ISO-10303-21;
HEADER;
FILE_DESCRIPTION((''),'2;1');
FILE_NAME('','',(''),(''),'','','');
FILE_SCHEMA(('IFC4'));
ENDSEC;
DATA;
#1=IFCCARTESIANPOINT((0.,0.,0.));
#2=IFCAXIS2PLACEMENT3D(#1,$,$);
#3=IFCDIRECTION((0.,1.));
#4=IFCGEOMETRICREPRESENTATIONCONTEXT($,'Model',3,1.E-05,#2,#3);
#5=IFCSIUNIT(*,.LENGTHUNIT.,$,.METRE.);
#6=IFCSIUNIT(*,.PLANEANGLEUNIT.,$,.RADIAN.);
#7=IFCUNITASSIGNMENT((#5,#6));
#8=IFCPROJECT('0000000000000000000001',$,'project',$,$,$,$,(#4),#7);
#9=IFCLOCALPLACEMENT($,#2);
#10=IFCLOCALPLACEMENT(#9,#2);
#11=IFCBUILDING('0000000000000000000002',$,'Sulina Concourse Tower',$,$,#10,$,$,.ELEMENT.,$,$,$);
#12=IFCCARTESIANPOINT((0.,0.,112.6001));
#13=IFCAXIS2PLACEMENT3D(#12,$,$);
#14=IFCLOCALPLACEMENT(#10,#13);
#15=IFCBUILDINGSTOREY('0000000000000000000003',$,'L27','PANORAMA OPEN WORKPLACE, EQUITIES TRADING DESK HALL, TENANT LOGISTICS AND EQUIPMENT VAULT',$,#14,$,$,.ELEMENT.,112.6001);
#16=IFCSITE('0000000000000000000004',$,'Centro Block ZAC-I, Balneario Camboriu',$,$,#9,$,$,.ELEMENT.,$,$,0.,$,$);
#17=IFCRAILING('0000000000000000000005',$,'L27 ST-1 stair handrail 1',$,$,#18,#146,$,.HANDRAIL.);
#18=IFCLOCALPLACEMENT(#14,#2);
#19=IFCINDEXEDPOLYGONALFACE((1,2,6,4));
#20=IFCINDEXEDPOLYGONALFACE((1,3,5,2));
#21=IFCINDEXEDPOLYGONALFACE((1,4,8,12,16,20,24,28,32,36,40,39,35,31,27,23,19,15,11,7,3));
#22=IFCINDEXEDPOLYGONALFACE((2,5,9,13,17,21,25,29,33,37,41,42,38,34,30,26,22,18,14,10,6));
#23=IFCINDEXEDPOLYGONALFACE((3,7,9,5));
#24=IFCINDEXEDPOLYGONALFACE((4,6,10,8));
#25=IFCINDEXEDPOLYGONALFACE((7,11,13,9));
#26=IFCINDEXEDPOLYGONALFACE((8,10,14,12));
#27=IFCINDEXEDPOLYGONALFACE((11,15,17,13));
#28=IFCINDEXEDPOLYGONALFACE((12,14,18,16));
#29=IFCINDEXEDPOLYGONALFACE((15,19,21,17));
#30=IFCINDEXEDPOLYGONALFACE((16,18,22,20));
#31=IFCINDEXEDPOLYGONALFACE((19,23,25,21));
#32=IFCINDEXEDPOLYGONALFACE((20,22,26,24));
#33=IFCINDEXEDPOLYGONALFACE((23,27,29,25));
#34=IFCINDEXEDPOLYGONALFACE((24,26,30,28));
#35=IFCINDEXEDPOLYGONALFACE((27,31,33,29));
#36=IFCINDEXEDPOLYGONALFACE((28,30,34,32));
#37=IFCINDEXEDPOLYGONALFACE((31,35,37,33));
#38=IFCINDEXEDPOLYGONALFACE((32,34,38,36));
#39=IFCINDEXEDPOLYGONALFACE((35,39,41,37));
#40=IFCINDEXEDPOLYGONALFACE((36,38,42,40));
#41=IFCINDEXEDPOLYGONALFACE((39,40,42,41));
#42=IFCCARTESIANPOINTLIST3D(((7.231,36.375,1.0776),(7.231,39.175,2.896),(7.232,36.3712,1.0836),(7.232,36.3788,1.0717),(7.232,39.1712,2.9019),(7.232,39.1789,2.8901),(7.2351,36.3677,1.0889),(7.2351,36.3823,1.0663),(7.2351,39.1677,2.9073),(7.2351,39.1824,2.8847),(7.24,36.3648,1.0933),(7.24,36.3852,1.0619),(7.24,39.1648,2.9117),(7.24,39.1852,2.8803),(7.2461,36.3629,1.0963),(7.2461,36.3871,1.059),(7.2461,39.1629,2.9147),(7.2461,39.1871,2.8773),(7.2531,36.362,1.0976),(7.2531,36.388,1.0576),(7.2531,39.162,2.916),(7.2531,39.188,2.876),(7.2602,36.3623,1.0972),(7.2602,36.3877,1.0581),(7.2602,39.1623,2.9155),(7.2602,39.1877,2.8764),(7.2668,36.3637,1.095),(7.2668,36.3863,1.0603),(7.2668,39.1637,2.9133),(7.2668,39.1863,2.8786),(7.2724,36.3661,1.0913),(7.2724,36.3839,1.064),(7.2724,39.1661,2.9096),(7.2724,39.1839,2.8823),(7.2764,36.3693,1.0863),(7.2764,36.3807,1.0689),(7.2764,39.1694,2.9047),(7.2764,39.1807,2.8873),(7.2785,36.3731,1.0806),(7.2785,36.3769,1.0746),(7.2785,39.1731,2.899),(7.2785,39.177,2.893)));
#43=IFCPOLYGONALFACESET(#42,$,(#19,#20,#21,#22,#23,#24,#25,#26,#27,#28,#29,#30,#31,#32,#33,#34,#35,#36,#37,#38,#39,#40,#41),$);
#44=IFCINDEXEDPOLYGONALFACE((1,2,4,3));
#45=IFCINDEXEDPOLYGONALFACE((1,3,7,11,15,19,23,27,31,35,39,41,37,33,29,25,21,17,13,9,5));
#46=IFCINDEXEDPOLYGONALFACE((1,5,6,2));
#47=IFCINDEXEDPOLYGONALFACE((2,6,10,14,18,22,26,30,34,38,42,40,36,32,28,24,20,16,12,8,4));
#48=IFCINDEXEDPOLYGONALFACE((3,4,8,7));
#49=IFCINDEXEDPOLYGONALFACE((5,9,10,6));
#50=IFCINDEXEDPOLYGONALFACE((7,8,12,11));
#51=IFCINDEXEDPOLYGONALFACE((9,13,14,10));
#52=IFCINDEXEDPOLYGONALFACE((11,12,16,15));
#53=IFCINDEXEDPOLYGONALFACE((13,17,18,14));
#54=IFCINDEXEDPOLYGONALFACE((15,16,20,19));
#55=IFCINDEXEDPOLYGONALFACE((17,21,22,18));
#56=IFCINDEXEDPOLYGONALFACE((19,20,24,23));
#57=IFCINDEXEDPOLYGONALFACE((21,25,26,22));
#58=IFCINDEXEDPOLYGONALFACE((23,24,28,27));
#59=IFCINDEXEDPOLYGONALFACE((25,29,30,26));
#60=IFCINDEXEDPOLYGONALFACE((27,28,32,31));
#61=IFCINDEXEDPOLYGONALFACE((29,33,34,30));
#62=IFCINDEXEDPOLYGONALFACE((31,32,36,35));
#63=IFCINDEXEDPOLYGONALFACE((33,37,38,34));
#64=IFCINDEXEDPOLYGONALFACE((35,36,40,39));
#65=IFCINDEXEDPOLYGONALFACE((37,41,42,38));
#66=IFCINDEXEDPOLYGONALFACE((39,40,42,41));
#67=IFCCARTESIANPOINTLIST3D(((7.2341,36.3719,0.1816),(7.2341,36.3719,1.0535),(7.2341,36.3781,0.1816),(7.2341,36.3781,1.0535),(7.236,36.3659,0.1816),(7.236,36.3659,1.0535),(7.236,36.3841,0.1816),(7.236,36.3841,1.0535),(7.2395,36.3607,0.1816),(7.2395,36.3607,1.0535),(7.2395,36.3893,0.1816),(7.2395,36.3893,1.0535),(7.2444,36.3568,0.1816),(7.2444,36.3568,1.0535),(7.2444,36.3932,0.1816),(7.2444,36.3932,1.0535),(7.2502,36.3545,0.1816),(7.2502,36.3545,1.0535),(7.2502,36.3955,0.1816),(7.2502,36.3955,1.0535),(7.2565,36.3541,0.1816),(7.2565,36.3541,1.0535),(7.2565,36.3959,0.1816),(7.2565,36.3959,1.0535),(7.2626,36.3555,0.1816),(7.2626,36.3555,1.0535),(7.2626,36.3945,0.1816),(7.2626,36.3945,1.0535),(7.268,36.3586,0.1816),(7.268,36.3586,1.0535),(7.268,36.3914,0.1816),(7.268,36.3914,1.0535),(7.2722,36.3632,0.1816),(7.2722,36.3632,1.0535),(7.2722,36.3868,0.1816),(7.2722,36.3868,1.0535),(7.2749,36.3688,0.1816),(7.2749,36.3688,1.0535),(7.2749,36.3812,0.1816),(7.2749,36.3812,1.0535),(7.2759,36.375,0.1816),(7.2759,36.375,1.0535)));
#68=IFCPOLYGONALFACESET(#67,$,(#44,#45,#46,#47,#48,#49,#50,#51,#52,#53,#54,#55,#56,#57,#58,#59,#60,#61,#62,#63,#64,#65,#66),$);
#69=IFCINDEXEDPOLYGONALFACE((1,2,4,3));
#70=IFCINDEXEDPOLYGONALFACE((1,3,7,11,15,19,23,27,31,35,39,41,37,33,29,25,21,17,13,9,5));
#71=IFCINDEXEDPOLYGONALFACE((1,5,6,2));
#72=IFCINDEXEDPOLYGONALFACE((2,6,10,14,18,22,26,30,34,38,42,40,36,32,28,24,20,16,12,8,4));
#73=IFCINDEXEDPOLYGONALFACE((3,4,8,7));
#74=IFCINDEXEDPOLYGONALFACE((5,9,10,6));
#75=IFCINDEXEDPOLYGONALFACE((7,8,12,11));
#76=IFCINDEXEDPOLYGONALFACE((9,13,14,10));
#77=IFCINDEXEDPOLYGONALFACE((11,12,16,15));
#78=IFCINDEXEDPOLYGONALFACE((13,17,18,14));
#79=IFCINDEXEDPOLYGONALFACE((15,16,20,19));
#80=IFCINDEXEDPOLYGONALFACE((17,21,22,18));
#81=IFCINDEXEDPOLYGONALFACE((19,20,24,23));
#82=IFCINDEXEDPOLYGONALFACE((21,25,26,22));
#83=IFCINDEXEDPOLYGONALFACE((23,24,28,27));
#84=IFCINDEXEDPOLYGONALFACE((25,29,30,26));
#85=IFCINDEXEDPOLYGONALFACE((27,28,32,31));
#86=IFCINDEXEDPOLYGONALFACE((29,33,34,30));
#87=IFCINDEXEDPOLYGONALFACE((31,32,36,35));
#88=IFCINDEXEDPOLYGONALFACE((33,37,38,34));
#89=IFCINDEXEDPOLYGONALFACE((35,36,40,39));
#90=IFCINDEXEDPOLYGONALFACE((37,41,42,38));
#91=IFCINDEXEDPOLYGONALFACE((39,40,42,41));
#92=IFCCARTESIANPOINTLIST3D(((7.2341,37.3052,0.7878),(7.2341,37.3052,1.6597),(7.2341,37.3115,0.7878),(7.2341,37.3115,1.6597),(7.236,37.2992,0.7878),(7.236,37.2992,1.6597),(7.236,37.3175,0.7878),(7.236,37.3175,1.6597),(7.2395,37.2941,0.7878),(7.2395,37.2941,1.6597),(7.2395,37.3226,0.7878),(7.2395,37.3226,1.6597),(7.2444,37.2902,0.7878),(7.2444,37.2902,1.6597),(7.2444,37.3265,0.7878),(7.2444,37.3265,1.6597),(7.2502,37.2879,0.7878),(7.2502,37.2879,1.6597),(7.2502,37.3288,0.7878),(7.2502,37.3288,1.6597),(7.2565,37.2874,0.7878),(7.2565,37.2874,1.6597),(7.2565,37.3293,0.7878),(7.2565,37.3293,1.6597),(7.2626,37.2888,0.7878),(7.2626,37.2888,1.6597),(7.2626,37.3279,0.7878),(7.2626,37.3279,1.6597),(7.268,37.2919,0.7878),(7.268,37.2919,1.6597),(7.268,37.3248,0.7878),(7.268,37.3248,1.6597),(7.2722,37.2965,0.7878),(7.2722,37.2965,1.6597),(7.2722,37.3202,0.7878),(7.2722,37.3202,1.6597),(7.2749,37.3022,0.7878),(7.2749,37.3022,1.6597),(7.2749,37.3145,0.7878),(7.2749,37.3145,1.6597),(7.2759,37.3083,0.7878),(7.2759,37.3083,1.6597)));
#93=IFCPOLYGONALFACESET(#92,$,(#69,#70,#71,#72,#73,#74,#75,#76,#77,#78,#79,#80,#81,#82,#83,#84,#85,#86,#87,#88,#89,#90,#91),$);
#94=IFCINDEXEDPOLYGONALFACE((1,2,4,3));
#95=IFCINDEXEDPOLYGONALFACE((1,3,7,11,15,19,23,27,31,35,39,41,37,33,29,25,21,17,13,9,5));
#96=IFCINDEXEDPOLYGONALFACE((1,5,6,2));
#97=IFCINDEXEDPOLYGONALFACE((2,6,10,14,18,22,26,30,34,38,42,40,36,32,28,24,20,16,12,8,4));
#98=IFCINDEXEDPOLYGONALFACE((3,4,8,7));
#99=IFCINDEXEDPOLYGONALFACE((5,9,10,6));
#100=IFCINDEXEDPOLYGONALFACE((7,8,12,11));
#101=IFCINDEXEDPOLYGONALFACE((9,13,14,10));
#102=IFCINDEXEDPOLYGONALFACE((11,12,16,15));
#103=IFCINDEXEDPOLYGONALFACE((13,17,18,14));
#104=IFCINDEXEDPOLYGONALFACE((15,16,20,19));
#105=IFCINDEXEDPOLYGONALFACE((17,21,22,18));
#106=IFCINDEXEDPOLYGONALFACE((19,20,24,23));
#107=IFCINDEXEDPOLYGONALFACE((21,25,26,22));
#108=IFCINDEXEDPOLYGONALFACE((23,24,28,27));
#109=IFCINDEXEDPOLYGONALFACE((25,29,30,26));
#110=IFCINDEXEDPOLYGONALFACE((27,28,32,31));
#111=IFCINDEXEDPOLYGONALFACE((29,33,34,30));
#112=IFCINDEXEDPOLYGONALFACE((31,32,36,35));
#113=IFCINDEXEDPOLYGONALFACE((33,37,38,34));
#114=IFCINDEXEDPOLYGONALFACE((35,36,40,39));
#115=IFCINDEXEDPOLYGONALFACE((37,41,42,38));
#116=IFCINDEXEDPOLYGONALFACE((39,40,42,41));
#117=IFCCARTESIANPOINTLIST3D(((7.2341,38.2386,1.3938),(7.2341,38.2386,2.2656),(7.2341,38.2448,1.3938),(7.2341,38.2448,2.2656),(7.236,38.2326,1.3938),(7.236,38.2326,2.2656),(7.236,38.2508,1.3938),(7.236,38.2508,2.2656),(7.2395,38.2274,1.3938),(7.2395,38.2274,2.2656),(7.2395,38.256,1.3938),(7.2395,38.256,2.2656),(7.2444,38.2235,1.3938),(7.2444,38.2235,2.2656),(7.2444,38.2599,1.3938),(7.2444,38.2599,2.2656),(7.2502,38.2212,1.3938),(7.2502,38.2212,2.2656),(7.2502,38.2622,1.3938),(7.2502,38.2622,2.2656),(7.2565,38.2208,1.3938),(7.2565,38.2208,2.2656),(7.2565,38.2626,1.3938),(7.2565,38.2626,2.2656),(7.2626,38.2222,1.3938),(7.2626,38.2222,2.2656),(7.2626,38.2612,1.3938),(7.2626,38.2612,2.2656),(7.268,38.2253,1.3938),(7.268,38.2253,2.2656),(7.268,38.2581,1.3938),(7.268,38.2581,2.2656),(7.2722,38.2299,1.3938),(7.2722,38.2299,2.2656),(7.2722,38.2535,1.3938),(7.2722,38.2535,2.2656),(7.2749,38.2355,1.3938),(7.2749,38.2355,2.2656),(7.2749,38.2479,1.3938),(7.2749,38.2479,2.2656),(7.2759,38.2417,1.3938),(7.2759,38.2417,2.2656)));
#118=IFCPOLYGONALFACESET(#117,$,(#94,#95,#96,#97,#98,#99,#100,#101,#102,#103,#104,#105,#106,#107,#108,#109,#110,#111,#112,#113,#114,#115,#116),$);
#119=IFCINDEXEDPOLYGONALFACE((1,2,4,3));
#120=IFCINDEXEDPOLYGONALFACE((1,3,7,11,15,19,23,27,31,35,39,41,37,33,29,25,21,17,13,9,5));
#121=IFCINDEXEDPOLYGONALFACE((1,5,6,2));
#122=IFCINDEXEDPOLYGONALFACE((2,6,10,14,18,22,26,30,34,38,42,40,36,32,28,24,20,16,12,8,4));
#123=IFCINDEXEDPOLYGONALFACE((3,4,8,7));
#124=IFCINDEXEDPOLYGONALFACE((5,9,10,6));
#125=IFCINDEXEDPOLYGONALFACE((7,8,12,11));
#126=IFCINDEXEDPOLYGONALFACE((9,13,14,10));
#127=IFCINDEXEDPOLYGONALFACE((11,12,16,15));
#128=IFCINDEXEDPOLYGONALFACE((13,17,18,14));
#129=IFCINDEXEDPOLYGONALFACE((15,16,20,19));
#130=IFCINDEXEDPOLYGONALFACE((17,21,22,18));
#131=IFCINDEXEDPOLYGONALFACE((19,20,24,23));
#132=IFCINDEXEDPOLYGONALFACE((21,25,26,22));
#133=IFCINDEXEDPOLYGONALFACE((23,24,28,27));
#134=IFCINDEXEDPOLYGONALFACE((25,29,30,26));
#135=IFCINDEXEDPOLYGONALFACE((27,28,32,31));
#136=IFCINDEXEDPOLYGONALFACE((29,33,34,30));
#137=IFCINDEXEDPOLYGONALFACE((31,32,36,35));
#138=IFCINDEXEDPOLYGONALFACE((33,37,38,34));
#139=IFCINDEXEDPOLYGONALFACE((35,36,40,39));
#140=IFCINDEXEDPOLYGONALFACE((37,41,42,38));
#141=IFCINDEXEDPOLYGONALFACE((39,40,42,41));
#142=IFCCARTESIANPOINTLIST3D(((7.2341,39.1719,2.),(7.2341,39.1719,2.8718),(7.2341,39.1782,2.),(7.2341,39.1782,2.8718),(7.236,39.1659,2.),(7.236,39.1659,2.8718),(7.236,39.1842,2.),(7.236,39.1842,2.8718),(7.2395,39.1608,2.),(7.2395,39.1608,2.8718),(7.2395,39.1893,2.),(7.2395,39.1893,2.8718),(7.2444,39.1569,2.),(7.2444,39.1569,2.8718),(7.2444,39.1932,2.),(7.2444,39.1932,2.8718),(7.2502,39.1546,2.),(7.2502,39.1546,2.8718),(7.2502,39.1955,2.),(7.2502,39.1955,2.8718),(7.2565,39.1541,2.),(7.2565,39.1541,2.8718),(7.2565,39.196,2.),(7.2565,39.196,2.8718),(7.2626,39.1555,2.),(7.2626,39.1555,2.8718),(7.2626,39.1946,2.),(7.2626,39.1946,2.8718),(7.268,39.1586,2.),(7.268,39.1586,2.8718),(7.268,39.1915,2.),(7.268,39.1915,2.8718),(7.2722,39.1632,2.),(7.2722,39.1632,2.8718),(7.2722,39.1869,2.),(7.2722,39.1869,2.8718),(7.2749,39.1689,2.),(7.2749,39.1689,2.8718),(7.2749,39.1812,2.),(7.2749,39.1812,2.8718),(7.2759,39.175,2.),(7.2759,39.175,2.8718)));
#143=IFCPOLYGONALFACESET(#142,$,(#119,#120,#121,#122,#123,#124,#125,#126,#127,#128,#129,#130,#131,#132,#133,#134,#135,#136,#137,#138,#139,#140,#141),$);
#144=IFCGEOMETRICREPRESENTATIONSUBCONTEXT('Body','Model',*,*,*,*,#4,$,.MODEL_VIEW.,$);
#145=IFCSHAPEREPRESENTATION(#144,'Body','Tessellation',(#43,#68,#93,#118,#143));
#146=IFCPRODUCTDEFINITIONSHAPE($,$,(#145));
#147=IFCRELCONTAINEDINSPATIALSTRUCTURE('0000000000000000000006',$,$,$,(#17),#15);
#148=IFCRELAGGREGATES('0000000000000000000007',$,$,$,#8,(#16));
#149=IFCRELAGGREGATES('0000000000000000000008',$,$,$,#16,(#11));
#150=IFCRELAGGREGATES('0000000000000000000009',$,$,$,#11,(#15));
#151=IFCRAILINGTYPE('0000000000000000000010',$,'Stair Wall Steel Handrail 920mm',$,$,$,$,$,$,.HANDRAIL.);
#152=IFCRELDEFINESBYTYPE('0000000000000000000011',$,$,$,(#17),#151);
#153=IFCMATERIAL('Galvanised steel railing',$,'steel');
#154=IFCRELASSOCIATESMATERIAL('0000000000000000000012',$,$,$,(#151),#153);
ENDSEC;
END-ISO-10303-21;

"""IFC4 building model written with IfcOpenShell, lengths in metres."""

from ifc_helpers import new_model, si_unit, direction, frame, origin, origin_2d, place, context, subcontext, project, spatial, circle, extrude, material, type_object, element, save


model = new_model("IFC4")

# Units and contexts
model_context = context("Model", 3, precision=1e-05, world=origin(), true_north=direction((0.0, 1.0)))
body_context = subcontext(model_context, "Body", "Model", "MODEL_VIEW")
ifc_project = project(units=[si_unit("LENGTHUNIT", "METRE"), si_unit("PLANEANGLEUNIT", "RADIAN")], contexts=[model_context])

# Site, building, storey
site_placement = place(None, origin())
site = spatial("IfcSite", under=ifc_project, at=site_placement, Name="Centro Block ZAC-I, Balneario Camboriu", CompositionType="ELEMENT", RefElevation=0.0)
building_placement = place(site_placement, origin())
building = spatial("IfcBuilding", under=site, at=building_placement, Name="Sulina Concourse Tower", CompositionType="ELEMENT")
storey_placement = place(building_placement, frame((0.0, 0.0, 112.6001)))
storey = spatial("IfcBuildingStorey", under=building, at=storey_placement, Name="L27", Description="PANORAMA OPEN WORKPLACE, EQUITIES TRADING DESK HALL, TENANT LOGISTICS AND EQUIPMENT VAULT", CompositionType="ELEMENT", Elevation=112.6001)

# Railing
ifc_material_1 = material(Name="Galvanised steel railing", Category="steel")
railing_type_1 = type_object("IfcRailingType", Name="Stair Wall Steel Handrail 920mm", PredefinedType="HANDRAIL", material=ifc_material_1)
railing_1_placement = place(storey_placement, frame((7.2549, 36.375, 0.1816)))
element("IfcRailing", 1, at=railing_1_placement, inside=storey, type_object=railing_type_1, Name="L27 ST-1 stair handrail 1", PredefinedType="HANDRAIL", context=body_context, shape_type="SweptSolid", body=[
    extrude(circle(Radius=0.0239, at=origin_2d()), frame((0.0, 0.0, 0.896), z_axis=(0.0, 0.838672, 0.544636), x_axis=(-1.0, 0.0, 0.0)), (0.0, 0.0, 1.0), 3.3386),
    extrude(circle(Radius=0.021, at=origin_2d()), origin(), (0.0, 0.0, 1.0), 0.8718),
    extrude(circle(Radius=0.021, at=origin_2d()), frame((0.0, 0.9333, 0.6062)), (0.0, 0.0, 1.0), 0.8718),
    extrude(circle(Radius=0.021, at=origin_2d()), frame((0.0, 1.8667, 1.2122)), (0.0, 0.0, 1.0), 0.8718),
    extrude(circle(Radius=0.021, at=origin_2d()), frame((0.0, 2.8, 1.8184)), (0.0, 0.0, 1.0), 0.8718),
])

save(model, "model.ifc")
